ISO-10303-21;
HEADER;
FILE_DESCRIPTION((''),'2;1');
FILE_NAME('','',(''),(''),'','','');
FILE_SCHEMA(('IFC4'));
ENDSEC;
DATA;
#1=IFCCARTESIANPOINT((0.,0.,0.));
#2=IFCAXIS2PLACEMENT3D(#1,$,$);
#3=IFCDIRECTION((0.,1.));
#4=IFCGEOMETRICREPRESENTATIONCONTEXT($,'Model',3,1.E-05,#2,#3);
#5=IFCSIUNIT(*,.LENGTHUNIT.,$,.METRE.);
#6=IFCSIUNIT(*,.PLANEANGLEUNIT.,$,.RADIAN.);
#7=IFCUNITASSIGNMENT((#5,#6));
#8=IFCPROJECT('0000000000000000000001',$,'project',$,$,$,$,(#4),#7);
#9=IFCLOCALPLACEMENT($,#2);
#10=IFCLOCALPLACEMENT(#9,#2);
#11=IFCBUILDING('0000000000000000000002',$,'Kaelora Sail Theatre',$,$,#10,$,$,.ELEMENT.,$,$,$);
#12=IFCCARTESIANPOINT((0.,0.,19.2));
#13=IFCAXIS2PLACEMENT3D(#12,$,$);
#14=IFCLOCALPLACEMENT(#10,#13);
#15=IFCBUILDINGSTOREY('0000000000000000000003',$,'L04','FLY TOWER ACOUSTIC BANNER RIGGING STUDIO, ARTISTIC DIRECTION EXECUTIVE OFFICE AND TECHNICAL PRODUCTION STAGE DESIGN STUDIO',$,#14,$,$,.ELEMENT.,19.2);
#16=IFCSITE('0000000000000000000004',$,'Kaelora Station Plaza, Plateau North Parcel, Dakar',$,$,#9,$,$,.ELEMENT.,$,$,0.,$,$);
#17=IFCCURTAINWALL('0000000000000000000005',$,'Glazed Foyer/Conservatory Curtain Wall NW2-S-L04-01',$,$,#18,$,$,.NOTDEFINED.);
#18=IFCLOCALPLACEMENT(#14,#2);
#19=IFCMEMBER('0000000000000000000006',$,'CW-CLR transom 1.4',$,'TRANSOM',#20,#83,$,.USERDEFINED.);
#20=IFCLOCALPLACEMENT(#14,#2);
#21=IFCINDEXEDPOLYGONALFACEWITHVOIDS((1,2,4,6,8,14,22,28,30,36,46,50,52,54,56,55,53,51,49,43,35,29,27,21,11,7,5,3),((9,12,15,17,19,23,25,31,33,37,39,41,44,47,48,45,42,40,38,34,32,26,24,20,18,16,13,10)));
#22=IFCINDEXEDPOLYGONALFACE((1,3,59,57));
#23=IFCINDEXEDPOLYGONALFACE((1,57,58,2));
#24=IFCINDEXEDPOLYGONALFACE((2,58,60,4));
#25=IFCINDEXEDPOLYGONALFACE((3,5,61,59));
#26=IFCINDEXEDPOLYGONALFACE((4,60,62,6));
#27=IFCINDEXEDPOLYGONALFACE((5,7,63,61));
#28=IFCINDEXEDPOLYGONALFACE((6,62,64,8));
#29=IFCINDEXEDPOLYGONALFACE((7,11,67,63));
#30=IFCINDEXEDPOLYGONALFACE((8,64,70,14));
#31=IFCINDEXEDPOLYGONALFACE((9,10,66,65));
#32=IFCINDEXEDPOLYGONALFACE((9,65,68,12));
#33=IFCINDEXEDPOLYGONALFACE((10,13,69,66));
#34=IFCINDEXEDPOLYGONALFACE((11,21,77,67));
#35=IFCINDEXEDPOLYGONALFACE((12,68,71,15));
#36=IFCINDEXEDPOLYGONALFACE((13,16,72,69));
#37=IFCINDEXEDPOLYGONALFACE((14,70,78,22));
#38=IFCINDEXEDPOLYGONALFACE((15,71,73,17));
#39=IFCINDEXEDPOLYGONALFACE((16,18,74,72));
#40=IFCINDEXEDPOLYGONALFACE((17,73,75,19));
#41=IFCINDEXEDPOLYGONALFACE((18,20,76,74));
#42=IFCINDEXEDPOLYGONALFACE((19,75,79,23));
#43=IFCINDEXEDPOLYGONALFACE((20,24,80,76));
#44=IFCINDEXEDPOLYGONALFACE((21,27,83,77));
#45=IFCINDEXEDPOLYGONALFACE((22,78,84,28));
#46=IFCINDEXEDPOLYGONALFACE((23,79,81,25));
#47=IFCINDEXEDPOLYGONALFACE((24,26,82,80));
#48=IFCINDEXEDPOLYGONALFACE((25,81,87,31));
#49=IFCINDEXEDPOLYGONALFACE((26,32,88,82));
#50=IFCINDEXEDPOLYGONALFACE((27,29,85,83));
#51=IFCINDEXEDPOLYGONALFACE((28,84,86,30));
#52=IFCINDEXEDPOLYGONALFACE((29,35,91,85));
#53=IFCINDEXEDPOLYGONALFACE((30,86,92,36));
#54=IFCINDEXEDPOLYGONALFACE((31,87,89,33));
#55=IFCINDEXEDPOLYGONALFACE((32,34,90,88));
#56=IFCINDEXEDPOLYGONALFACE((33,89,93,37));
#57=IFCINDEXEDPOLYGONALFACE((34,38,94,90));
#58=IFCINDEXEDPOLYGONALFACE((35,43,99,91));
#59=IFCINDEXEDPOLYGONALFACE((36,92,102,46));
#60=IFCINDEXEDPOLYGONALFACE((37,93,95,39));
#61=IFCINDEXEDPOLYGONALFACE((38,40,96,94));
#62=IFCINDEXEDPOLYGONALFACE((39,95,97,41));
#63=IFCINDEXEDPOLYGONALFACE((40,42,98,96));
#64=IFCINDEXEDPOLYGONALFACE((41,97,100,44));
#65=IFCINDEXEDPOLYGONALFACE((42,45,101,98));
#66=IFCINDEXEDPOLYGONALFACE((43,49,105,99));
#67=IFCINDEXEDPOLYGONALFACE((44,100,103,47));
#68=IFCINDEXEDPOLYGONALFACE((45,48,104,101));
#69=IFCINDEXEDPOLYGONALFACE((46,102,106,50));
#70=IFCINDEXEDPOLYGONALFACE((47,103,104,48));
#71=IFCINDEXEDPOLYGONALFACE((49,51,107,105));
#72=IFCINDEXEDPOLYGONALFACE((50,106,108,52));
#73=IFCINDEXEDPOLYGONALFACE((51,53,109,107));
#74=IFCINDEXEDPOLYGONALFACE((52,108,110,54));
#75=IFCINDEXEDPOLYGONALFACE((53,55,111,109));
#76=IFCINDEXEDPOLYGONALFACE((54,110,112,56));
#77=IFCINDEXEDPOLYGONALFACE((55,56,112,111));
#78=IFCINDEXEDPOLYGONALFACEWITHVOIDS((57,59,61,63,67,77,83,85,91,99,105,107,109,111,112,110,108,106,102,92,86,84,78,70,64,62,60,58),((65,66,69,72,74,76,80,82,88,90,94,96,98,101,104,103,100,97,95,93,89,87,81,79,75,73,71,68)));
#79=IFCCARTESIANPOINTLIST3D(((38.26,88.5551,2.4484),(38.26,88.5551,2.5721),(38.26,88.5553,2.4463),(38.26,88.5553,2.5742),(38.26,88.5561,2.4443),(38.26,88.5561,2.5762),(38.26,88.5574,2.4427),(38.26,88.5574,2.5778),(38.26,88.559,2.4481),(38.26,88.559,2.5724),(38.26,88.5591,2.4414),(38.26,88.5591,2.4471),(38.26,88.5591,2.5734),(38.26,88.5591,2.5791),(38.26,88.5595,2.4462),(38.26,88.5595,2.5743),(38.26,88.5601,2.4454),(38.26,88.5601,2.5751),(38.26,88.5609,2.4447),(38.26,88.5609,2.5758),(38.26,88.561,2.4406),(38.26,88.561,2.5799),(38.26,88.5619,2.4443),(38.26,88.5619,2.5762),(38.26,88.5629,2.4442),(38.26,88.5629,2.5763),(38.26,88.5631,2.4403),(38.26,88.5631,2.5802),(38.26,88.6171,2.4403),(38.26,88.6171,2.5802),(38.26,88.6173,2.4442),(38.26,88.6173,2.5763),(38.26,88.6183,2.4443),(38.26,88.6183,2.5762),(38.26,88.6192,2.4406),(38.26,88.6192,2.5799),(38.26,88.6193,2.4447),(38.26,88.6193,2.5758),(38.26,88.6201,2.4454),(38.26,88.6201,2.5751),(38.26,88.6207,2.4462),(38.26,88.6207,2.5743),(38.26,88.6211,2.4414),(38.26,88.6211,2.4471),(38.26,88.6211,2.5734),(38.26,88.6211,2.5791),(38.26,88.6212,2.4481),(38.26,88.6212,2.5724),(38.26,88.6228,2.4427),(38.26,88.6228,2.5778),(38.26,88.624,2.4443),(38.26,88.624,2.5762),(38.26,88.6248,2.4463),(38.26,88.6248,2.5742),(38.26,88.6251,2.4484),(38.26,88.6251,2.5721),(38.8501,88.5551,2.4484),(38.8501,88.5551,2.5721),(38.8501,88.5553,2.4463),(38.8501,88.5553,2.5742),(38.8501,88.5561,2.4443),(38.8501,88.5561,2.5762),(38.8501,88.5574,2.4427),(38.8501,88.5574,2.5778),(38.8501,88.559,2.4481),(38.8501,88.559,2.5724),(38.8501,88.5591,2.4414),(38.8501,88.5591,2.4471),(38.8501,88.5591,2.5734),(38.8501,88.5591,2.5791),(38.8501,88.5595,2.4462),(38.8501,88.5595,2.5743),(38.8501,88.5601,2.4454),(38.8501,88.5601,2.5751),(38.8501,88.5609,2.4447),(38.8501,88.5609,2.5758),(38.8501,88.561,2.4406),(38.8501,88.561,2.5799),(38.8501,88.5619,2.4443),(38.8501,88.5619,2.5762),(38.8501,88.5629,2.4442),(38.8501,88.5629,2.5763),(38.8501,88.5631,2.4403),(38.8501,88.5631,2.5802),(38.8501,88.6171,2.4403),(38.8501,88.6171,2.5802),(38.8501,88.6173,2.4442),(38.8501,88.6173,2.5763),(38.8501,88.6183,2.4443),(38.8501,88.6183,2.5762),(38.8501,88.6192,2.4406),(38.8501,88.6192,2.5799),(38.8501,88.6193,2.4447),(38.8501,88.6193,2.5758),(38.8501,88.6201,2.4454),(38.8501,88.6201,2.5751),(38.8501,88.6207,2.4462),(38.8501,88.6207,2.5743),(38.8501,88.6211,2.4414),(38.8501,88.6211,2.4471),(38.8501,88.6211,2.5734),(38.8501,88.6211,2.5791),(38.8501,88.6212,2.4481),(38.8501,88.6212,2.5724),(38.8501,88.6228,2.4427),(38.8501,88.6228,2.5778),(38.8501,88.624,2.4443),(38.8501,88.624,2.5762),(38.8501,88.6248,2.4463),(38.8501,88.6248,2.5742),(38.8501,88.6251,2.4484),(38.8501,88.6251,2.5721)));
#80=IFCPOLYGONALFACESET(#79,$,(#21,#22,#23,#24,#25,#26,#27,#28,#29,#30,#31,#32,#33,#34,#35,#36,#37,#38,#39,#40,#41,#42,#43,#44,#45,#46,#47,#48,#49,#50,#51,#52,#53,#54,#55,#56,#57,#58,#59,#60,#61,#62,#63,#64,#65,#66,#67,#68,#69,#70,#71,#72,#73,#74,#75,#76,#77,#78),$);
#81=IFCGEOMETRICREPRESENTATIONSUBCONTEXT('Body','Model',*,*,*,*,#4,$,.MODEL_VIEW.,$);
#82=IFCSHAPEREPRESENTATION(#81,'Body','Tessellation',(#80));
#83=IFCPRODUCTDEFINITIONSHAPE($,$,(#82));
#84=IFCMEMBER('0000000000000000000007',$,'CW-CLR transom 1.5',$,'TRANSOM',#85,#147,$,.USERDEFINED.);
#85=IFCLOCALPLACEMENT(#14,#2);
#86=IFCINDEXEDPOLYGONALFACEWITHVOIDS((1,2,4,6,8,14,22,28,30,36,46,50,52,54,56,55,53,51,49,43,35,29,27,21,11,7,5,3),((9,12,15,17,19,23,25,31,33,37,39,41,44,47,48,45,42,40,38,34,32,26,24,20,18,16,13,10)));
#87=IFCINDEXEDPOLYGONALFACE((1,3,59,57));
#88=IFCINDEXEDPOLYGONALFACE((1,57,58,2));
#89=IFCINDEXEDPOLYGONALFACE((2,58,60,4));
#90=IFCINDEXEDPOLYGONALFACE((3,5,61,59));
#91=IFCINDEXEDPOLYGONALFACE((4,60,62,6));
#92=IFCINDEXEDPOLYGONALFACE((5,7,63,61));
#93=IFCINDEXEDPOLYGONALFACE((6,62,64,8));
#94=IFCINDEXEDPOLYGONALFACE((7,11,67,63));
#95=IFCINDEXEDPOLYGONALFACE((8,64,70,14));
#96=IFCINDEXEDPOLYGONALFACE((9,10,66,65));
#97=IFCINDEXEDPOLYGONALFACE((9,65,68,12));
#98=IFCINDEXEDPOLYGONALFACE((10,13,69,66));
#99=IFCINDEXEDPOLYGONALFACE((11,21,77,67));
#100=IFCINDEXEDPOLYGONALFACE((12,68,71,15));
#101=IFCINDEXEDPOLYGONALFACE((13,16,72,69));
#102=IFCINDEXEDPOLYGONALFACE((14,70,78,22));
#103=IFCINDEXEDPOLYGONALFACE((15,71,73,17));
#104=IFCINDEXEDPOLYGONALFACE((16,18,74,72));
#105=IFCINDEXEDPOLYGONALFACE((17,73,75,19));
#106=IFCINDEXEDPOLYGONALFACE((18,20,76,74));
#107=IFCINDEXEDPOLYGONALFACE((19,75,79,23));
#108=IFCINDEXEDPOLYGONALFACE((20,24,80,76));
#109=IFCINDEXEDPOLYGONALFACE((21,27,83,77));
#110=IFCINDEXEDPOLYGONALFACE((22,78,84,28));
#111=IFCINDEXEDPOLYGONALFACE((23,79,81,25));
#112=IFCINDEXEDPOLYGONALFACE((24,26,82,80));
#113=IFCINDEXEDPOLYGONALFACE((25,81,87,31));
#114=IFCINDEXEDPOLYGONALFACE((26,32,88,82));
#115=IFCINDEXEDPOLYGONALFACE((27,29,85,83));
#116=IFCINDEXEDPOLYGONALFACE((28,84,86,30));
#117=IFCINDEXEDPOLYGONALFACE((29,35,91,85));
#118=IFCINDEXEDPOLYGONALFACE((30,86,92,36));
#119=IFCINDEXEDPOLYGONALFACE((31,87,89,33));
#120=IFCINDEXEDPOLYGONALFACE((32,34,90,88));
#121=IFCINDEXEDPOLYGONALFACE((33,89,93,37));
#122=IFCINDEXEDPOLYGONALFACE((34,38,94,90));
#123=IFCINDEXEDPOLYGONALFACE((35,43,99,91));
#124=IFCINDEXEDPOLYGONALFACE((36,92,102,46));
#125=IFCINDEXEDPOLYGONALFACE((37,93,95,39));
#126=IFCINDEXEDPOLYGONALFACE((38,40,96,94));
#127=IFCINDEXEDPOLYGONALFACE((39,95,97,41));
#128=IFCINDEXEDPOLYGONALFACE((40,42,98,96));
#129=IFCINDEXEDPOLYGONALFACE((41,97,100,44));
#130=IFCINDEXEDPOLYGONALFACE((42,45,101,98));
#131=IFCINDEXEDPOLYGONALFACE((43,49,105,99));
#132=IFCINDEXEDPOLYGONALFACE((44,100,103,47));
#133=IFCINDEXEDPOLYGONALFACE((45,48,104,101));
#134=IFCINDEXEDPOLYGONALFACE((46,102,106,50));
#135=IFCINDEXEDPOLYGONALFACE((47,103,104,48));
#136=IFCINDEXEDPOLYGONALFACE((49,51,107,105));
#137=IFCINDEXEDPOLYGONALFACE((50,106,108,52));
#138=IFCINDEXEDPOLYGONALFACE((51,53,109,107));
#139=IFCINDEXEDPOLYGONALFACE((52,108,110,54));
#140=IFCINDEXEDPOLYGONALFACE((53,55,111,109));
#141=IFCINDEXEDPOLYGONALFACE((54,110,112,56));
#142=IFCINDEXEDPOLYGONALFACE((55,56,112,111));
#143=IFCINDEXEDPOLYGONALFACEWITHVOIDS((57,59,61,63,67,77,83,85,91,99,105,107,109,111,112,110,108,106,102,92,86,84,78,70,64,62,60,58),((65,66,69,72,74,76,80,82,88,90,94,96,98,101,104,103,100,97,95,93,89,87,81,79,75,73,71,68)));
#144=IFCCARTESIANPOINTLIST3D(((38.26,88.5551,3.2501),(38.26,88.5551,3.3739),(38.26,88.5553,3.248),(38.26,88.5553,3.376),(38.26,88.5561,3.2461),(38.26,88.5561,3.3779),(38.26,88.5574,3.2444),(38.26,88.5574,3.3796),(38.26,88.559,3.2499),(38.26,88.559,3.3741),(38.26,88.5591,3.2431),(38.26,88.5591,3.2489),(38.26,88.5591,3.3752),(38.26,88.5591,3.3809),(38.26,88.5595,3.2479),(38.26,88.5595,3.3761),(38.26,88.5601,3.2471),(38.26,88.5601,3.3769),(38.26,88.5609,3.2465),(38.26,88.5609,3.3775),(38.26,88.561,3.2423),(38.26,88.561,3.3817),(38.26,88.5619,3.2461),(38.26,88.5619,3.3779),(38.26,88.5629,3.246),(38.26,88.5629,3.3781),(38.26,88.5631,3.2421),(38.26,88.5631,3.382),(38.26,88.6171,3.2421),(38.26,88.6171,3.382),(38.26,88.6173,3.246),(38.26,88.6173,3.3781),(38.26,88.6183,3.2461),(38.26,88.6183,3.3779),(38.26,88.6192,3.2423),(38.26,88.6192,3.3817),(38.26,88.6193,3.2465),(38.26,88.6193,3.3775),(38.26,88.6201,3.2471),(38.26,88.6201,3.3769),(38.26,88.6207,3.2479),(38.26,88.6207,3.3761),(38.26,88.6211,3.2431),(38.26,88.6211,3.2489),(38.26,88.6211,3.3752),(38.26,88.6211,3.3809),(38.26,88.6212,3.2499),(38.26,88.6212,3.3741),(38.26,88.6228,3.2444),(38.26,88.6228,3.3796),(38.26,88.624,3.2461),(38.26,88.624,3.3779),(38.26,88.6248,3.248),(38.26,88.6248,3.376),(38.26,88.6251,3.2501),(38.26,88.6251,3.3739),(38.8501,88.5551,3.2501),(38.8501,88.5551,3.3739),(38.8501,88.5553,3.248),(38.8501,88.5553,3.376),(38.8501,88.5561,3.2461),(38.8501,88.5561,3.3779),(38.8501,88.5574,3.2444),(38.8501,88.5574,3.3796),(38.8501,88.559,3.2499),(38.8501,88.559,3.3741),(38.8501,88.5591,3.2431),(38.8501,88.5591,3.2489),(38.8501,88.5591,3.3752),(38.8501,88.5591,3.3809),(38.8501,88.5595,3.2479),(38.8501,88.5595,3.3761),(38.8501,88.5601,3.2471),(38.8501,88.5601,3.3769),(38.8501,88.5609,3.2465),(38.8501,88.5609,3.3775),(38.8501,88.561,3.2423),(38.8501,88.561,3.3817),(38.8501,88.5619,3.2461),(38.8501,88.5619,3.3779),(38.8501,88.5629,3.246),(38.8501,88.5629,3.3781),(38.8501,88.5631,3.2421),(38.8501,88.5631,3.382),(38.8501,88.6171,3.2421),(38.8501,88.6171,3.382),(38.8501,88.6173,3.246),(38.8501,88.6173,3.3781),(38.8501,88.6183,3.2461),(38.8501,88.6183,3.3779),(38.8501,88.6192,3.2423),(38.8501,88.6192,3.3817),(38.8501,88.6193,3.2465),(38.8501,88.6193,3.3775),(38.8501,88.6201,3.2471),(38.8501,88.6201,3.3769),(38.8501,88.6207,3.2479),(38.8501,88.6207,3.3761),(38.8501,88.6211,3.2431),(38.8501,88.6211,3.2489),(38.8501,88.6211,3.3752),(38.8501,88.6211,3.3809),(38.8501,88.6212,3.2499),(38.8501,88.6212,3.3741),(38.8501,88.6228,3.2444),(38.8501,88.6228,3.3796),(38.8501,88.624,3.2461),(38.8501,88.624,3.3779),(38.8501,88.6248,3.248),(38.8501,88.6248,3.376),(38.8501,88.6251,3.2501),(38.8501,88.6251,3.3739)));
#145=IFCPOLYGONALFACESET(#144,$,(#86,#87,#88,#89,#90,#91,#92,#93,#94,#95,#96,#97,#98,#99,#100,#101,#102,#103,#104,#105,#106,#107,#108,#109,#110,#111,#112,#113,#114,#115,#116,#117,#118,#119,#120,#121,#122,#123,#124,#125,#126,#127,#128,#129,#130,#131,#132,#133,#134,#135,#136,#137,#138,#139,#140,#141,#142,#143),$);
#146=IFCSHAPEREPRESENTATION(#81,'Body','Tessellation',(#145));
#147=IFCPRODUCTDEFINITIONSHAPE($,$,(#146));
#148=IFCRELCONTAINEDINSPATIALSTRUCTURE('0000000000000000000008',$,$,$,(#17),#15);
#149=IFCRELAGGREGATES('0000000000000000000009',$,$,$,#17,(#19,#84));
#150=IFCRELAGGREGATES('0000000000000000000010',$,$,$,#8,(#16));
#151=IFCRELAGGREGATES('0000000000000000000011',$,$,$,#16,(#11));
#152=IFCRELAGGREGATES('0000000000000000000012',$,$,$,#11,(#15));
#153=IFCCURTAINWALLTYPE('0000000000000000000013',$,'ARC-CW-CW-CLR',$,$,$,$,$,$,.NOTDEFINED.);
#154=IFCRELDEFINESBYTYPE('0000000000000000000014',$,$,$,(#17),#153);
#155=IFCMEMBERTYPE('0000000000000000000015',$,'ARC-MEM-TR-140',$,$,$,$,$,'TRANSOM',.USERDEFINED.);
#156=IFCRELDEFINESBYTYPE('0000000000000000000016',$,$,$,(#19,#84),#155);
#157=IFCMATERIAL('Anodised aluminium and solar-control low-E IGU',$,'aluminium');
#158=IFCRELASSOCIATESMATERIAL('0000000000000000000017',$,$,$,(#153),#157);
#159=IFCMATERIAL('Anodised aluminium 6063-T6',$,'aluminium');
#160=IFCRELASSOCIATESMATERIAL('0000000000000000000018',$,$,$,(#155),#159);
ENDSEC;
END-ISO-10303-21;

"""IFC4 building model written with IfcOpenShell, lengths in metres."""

from ifc_helpers import new_model, si_unit, direction, frame, origin, origin_2d, place, context, subcontext, project, spatial, hollow_rectangle, extrude, material, material_profile, profile_set, type_object, element, aggregate, save


model = new_model("IFC4")

# Units and contexts
model_context = context("Model", 3, precision=1e-05, world=origin(), true_north=direction((0.0, 1.0)))
body_context = subcontext(model_context, "Body", "Model", "MODEL_VIEW")
ifc_project = project(units=[si_unit("LENGTHUNIT", "METRE"), si_unit("PLANEANGLEUNIT", "RADIAN")], contexts=[model_context])

# Site, building, storey
site_placement = place(None, origin())
site = spatial("IfcSite", under=ifc_project, at=site_placement, Name="Kaelora Station Plaza, Plateau North Parcel, Dakar", CompositionType="ELEMENT", RefElevation=0.0)
building_placement = place(site_placement, origin())
building = spatial("IfcBuilding", under=site, at=building_placement, Name="Kaelora Sail Theatre", CompositionType="ELEMENT")
storey_placement = place(building_placement, frame((0.0, 0.0, 19.2)))
storey = spatial("IfcBuildingStorey", under=building, at=storey_placement, Name="L04", Description="FLY TOWER ACOUSTIC BANNER RIGGING STUDIO, ARTISTIC DIRECTION EXECUTIVE OFFICE AND TECHNICAL PRODUCTION STAGE DESIGN STUDIO", CompositionType="ELEMENT", Elevation=19.2)

# Curtain wall, members
ifc_material_1 = material(Name="Anodised aluminium and solar-control low-E IGU", Category="aluminium")
curtain_wall_type = type_object("IfcCurtainWallType", Name="ARC-CW-CW-CLR", PredefinedType="NOTDEFINED", material=ifc_material_1)
curtain_wall_placement = place(storey_placement, origin())
curtain_wall = element("IfcCurtainWall", 1, at=curtain_wall_placement, inside=storey, type_object=curtain_wall_type, Name="Glazed Foyer/Conservatory Curtain Wall NW2-S-L04-01", PredefinedType="NOTDEFINED")
ifc_material_2 = material(Name="Anodised aluminium 6063-T6", Category="aluminium")
ifc_material_profile_1 = material_profile(ifc_material_2, hollow_rectangle(XDim=0.0701, YDim=0.1399, WallThickness=0.0039, InnerFilletRadius=0.0039, OuterFilletRadius=0.0081, at=origin_2d()), Name="ALU-TRAN 70x140x4")
ifc_profile_set_1 = profile_set([ifc_material_profile_1], Name="Anodised aluminium 6063-T6")
member_type_1 = type_object("IfcMemberType", Name="ARC-MEM-TR-140", ElementType="TRANSOM", PredefinedType="USERDEFINED", material=ifc_profile_set_1)
member_1_placement = place(storey_placement, frame((38.26, 88.5901, 2.5103), z_axis=(1.0, 0.0, 0.0), x_axis=(0.0, 1.0, 0.0)))
member_1 = element("IfcMember", 2, at=member_1_placement, type_object=member_type_1, Name="CW-CLR transom 1.4", ObjectType="TRANSOM", PredefinedType="USERDEFINED", context=body_context, shape_type="SweptSolid", body=[
    extrude(hollow_rectangle(XDim=0.0701, YDim=0.1399, WallThickness=0.0039, InnerFilletRadius=0.0039, OuterFilletRadius=0.0081, at=origin_2d()), origin(), (0.0, 0.0, 1.0), 0.5901),
])
member_2_placement = place(storey_placement, frame((38.26, 88.5901, 3.312), z_axis=(1.0, 0.0, 0.0), x_axis=(0.0, 1.0, 0.0)))
member_2 = element("IfcMember", 3, at=member_2_placement, type_object=member_type_1, Name="CW-CLR transom 1.5", ObjectType="TRANSOM", PredefinedType="USERDEFINED", context=body_context, shape_type="SweptSolid", body=[
    extrude(hollow_rectangle(XDim=0.0701, YDim=0.1399, WallThickness=0.0039, InnerFilletRadius=0.0039, OuterFilletRadius=0.0081, at=origin_2d()), origin(), (0.0, 0.0, 1.0), 0.5901),
])

aggregate(curtain_wall, [member_1, member_2])

save(model, "model.ifc")
